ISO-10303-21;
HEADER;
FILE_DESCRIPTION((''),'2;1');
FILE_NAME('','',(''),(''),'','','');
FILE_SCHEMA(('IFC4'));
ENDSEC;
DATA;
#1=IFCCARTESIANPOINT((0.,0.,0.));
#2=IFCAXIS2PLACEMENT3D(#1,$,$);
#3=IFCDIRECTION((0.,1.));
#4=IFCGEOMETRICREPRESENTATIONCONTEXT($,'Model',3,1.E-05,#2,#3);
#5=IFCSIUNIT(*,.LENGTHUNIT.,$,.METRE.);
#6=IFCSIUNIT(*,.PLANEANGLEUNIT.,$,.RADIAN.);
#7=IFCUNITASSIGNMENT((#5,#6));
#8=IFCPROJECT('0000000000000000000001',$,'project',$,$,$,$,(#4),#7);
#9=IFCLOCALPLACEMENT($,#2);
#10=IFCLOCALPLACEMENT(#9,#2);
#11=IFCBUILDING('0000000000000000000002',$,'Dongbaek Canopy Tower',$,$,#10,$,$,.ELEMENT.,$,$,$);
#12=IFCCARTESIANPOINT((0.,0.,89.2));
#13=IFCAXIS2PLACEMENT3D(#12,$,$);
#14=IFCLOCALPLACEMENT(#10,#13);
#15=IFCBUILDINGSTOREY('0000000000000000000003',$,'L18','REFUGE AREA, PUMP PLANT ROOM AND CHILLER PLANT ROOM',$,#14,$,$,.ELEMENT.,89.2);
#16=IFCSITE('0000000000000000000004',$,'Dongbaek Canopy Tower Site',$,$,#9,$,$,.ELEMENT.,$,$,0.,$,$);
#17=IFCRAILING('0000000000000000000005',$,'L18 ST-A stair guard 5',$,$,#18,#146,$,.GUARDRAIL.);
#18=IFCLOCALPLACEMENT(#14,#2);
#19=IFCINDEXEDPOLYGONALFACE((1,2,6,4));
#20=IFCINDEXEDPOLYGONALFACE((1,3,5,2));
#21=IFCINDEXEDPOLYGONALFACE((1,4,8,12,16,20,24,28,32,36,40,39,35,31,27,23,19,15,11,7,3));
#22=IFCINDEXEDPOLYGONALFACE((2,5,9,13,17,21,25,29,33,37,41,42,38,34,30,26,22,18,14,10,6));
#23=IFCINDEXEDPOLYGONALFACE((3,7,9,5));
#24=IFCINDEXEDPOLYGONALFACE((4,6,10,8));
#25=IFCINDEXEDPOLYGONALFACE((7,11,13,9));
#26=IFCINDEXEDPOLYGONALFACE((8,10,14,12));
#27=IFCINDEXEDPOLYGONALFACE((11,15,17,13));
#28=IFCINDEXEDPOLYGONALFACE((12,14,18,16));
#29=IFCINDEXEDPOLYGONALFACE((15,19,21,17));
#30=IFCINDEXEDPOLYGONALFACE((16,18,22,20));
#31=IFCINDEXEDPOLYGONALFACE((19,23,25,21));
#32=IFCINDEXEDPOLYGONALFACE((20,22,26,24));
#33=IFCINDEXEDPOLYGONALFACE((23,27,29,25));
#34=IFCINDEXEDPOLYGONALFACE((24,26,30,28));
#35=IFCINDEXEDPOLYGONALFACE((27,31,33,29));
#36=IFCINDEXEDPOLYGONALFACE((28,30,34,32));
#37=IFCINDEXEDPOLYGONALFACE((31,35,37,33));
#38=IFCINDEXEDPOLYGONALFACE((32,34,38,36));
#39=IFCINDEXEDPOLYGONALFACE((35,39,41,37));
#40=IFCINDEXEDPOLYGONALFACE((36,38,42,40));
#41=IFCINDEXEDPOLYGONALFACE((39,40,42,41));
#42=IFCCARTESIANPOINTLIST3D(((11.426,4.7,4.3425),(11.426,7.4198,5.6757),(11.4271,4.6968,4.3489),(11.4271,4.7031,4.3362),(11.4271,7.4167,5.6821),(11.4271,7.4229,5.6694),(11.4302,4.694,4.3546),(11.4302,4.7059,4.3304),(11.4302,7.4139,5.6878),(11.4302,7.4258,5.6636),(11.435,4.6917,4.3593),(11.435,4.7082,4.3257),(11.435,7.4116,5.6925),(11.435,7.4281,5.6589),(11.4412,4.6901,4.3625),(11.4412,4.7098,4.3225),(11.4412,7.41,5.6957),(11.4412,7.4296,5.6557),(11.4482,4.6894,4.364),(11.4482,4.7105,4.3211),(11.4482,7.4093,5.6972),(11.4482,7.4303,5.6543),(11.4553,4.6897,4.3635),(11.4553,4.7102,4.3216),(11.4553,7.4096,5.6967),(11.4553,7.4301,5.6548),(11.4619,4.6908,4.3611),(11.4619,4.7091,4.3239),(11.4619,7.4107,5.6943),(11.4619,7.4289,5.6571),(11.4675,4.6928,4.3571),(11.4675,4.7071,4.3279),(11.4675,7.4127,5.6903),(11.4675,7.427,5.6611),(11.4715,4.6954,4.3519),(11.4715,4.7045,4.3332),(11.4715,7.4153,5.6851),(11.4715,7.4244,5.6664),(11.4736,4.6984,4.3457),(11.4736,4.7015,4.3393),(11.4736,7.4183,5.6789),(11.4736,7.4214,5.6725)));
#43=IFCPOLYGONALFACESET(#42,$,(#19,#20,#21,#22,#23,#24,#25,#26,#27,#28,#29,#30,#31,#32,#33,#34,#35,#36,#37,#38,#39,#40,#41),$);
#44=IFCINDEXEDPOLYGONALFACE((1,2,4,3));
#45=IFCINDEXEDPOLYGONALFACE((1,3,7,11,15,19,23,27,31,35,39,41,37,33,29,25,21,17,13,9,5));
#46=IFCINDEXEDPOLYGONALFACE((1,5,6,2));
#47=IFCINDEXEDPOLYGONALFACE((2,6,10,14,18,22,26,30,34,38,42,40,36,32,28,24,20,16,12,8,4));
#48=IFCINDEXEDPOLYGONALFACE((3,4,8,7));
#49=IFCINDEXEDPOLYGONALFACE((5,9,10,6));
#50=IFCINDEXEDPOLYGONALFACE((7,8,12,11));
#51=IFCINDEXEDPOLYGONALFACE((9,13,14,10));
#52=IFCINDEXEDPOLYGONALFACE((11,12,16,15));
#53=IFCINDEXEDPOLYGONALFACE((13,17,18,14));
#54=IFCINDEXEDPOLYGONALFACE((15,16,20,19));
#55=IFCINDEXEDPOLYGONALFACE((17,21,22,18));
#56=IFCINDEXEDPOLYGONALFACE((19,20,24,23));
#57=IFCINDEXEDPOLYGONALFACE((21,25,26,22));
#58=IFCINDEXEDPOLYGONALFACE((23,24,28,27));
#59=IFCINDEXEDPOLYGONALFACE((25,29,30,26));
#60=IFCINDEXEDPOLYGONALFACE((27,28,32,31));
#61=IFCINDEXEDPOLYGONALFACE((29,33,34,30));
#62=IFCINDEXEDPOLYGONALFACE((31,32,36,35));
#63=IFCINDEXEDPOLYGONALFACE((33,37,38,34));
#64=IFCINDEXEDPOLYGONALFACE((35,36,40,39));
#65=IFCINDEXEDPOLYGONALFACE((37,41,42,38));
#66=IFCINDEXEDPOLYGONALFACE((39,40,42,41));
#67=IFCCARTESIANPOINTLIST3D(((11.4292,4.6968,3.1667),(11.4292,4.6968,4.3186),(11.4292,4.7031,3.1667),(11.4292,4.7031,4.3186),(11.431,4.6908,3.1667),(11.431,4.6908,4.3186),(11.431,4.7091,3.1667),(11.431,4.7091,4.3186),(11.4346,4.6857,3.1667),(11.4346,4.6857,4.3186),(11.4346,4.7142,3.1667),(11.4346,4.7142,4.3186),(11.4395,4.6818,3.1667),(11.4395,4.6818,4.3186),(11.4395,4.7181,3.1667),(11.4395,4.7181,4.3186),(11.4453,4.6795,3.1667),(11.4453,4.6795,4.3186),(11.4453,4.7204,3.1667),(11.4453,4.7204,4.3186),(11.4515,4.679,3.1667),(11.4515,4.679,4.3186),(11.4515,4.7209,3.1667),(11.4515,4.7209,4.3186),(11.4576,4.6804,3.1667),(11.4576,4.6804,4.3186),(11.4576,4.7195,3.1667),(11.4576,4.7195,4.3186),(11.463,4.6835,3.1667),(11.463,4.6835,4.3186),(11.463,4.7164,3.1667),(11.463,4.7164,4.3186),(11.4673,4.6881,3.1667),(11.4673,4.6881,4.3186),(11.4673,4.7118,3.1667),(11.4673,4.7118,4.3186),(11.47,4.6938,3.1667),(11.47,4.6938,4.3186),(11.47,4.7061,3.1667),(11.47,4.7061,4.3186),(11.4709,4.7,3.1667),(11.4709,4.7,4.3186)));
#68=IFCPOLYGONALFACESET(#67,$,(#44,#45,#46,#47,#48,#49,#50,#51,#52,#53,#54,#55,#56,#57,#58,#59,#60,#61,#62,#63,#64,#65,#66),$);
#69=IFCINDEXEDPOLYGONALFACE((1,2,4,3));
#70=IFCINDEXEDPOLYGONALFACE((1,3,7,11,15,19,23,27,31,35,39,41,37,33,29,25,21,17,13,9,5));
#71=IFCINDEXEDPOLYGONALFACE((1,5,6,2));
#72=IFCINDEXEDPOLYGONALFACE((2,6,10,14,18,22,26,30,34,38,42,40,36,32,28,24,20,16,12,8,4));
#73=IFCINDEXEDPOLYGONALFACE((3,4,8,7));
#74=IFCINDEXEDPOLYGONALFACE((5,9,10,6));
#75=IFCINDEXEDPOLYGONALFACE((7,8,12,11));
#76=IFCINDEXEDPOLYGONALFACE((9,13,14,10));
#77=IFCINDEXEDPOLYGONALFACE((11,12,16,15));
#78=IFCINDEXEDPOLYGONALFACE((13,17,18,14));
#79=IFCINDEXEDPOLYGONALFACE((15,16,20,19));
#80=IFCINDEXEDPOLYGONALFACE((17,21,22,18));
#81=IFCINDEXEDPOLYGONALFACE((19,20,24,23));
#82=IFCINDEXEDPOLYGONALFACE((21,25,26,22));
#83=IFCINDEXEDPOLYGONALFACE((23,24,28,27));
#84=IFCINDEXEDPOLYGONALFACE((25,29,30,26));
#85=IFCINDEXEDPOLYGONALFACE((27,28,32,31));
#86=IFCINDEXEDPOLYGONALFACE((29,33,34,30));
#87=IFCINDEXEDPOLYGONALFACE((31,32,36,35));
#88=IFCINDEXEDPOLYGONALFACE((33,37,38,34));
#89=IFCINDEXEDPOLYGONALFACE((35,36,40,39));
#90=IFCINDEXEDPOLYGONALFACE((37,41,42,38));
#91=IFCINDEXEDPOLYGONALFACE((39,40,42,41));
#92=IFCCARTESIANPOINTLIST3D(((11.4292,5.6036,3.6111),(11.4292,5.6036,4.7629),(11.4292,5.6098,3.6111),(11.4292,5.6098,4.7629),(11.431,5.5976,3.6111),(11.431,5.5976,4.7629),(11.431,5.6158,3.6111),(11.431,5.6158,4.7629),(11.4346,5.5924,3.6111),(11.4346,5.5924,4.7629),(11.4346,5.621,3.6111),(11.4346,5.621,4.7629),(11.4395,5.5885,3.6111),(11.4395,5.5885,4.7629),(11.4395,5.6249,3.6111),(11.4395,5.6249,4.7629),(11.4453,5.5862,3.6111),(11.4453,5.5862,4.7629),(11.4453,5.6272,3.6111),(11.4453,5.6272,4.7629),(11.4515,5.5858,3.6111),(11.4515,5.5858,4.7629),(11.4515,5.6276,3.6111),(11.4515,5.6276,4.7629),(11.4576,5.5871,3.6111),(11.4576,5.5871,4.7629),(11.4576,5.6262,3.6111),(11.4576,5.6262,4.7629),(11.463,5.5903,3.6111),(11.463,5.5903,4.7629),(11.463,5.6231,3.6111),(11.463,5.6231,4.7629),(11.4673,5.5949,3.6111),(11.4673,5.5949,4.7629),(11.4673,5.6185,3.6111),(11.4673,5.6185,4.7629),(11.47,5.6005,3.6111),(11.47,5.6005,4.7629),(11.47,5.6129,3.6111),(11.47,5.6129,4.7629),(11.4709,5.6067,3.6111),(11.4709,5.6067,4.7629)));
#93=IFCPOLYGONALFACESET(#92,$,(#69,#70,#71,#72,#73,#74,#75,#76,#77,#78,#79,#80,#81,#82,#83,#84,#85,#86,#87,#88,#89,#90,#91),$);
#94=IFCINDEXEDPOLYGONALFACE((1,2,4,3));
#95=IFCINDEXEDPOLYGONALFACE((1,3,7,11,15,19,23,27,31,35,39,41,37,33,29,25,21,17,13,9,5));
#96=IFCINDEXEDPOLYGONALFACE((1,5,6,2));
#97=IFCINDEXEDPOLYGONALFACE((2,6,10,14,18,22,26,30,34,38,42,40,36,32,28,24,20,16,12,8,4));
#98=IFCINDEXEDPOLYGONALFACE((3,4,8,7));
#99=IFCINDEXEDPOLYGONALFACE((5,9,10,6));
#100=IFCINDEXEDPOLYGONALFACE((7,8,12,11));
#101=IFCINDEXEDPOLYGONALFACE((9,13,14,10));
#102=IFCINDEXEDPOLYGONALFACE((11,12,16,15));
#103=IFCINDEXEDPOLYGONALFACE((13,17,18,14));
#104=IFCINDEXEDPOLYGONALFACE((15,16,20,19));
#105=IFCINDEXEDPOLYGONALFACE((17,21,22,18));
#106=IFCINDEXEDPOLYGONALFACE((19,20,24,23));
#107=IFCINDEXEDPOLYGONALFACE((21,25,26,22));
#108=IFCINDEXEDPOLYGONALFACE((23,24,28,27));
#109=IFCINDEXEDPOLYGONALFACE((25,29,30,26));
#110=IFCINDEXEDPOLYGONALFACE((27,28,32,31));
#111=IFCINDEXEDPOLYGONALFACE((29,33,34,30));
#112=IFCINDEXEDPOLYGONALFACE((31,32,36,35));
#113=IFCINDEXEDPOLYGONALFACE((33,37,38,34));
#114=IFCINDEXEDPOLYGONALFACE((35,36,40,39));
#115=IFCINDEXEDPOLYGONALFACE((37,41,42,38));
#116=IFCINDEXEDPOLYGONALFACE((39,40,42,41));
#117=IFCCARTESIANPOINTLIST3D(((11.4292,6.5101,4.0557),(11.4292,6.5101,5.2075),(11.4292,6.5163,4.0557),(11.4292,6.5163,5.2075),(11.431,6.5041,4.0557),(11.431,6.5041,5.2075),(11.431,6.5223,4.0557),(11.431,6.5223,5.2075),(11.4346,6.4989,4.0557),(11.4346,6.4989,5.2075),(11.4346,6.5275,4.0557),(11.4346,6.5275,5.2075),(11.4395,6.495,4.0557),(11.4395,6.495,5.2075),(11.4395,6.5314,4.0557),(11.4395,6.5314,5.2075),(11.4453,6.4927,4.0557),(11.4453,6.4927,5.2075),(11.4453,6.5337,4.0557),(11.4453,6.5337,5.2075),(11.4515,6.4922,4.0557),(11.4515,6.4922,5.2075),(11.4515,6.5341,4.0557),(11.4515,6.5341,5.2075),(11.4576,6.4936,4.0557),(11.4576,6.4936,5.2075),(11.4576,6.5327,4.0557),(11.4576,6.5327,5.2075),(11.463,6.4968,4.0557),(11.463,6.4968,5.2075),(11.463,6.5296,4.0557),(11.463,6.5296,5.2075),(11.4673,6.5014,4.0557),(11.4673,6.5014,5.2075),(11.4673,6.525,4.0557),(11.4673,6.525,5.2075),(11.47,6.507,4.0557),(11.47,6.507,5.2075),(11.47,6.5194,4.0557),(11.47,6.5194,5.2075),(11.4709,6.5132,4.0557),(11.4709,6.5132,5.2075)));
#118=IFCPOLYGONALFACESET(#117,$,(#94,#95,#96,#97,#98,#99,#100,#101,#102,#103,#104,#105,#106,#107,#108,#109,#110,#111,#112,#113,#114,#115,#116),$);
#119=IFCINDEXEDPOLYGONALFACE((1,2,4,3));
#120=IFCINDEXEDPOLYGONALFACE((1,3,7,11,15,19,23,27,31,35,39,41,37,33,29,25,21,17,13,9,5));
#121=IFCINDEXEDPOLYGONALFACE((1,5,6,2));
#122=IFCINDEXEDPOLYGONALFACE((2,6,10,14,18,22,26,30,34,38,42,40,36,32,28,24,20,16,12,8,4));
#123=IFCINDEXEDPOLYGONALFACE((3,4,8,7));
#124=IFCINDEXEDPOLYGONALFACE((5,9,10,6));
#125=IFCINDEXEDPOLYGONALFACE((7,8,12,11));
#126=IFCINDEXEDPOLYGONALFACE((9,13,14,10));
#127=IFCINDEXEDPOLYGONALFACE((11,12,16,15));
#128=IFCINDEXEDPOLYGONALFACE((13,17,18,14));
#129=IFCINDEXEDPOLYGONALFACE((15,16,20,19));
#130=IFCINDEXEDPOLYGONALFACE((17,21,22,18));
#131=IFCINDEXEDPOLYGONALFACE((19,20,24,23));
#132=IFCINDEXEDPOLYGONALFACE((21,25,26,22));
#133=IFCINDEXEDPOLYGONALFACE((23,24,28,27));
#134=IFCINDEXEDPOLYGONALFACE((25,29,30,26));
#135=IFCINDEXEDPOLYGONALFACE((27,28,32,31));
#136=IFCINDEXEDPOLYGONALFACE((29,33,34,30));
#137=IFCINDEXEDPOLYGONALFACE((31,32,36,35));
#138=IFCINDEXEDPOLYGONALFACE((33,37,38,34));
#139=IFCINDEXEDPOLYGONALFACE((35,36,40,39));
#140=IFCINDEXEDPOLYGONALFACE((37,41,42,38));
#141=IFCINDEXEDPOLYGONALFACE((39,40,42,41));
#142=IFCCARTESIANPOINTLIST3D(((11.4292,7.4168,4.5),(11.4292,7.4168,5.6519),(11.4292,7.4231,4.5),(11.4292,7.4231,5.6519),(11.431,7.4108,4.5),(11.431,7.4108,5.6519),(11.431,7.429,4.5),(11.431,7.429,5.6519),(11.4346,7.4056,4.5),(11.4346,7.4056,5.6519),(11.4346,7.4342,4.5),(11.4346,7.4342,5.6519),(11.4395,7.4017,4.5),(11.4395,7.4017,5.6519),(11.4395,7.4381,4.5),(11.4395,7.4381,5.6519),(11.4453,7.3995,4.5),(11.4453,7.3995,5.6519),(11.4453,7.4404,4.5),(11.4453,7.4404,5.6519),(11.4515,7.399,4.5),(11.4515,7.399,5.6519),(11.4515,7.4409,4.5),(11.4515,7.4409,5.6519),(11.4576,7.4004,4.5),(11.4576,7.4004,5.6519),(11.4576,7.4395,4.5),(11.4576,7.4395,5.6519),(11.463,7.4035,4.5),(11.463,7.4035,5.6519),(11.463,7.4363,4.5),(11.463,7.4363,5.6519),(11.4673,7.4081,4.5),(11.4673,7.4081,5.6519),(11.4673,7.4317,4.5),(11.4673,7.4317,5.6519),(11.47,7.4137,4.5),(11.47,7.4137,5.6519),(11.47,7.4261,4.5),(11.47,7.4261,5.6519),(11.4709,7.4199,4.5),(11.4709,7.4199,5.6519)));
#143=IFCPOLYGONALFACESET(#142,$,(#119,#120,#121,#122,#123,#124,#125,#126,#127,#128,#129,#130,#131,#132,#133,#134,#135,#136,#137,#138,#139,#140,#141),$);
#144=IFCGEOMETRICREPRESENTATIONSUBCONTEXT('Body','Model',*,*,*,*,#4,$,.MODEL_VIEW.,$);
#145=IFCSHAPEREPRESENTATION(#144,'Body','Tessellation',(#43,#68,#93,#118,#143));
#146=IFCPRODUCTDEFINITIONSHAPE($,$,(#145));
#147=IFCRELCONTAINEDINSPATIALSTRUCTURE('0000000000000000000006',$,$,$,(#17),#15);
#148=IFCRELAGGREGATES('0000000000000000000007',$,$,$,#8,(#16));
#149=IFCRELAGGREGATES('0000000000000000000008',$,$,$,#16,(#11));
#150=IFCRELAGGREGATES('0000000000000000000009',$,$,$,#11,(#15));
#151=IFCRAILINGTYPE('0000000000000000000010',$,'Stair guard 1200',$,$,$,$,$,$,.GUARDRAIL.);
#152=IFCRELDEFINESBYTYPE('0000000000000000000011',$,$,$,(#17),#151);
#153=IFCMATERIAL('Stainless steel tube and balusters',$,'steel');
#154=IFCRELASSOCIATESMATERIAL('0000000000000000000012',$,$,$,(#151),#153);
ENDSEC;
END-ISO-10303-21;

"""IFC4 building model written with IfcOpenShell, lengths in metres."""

from ifc_helpers import new_model, si_unit, direction, frame, origin, origin_2d, place, context, subcontext, project, spatial, circle, extrude, material, type_object, element, save


model = new_model("IFC4")

# Units and contexts
model_context = context("Model", 3, precision=1e-05, world=origin(), true_north=direction((0.0, 1.0)))
body_context = subcontext(model_context, "Body", "Model", "MODEL_VIEW")
ifc_project = project(units=[si_unit("LENGTHUNIT", "METRE"), si_unit("PLANEANGLEUNIT", "RADIAN")], contexts=[model_context])

# Site, building, storey
site_placement = place(None, origin())
site = spatial("IfcSite", under=ifc_project, at=site_placement, Name="Dongbaek Canopy Tower Site", CompositionType="ELEMENT", RefElevation=0.0)
building_placement = place(site_placement, origin())
building = spatial("IfcBuilding", under=site, at=building_placement, Name="Dongbaek Canopy Tower", CompositionType="ELEMENT")
storey_placement = place(building_placement, frame((0.0, 0.0, 89.2)))
storey = spatial("IfcBuildingStorey", under=building, at=storey_placement, Name="L18", Description="REFUGE AREA, PUMP PLANT ROOM AND CHILLER PLANT ROOM", CompositionType="ELEMENT", Elevation=89.2)

# Railing
ifc_material_1 = material(Name="Stainless steel tube and balusters", Category="steel")
railing_type_1 = type_object("IfcRailingType", Name="Stair guard 1200", PredefinedType="GUARDRAIL", material=ifc_material_1)
railing_1_placement = place(storey_placement, frame((11.45, 4.7, 3.1667)))
element("IfcRailing", 1, at=railing_1_placement, inside=storey, type_object=railing_type_1, Name="L18 ST-A stair guard 5", PredefinedType="GUARDRAIL", context=body_context, shape_type="SweptSolid", body=[
    extrude(circle(Radius=0.0239, at=origin_2d()), frame((0.0, 0.0, 1.1758), z_axis=(0.0, 0.897929, 0.440139), x_axis=(-1.0, 0.0, 0.0)), (0.0, 0.0, 1.0), 3.0291),
    extrude(circle(Radius=0.021, at=origin_2d()), origin(), (0.0, 0.0, 1.0), 1.1519),
    extrude(circle(Radius=0.021, at=origin_2d()), frame((0.0, 0.9067, 0.4443)), (0.0, 0.0, 1.0), 1.1519),
    extrude(circle(Radius=0.021, at=origin_2d()), frame((0.0, 1.8132, 0.8889)), (0.0, 0.0, 1.0), 1.1519),
    extrude(circle(Radius=0.021, at=origin_2d()), frame((0.0, 2.72, 1.3333)), (0.0, 0.0, 1.0), 1.1519),
])

save(model, "model.ifc")
